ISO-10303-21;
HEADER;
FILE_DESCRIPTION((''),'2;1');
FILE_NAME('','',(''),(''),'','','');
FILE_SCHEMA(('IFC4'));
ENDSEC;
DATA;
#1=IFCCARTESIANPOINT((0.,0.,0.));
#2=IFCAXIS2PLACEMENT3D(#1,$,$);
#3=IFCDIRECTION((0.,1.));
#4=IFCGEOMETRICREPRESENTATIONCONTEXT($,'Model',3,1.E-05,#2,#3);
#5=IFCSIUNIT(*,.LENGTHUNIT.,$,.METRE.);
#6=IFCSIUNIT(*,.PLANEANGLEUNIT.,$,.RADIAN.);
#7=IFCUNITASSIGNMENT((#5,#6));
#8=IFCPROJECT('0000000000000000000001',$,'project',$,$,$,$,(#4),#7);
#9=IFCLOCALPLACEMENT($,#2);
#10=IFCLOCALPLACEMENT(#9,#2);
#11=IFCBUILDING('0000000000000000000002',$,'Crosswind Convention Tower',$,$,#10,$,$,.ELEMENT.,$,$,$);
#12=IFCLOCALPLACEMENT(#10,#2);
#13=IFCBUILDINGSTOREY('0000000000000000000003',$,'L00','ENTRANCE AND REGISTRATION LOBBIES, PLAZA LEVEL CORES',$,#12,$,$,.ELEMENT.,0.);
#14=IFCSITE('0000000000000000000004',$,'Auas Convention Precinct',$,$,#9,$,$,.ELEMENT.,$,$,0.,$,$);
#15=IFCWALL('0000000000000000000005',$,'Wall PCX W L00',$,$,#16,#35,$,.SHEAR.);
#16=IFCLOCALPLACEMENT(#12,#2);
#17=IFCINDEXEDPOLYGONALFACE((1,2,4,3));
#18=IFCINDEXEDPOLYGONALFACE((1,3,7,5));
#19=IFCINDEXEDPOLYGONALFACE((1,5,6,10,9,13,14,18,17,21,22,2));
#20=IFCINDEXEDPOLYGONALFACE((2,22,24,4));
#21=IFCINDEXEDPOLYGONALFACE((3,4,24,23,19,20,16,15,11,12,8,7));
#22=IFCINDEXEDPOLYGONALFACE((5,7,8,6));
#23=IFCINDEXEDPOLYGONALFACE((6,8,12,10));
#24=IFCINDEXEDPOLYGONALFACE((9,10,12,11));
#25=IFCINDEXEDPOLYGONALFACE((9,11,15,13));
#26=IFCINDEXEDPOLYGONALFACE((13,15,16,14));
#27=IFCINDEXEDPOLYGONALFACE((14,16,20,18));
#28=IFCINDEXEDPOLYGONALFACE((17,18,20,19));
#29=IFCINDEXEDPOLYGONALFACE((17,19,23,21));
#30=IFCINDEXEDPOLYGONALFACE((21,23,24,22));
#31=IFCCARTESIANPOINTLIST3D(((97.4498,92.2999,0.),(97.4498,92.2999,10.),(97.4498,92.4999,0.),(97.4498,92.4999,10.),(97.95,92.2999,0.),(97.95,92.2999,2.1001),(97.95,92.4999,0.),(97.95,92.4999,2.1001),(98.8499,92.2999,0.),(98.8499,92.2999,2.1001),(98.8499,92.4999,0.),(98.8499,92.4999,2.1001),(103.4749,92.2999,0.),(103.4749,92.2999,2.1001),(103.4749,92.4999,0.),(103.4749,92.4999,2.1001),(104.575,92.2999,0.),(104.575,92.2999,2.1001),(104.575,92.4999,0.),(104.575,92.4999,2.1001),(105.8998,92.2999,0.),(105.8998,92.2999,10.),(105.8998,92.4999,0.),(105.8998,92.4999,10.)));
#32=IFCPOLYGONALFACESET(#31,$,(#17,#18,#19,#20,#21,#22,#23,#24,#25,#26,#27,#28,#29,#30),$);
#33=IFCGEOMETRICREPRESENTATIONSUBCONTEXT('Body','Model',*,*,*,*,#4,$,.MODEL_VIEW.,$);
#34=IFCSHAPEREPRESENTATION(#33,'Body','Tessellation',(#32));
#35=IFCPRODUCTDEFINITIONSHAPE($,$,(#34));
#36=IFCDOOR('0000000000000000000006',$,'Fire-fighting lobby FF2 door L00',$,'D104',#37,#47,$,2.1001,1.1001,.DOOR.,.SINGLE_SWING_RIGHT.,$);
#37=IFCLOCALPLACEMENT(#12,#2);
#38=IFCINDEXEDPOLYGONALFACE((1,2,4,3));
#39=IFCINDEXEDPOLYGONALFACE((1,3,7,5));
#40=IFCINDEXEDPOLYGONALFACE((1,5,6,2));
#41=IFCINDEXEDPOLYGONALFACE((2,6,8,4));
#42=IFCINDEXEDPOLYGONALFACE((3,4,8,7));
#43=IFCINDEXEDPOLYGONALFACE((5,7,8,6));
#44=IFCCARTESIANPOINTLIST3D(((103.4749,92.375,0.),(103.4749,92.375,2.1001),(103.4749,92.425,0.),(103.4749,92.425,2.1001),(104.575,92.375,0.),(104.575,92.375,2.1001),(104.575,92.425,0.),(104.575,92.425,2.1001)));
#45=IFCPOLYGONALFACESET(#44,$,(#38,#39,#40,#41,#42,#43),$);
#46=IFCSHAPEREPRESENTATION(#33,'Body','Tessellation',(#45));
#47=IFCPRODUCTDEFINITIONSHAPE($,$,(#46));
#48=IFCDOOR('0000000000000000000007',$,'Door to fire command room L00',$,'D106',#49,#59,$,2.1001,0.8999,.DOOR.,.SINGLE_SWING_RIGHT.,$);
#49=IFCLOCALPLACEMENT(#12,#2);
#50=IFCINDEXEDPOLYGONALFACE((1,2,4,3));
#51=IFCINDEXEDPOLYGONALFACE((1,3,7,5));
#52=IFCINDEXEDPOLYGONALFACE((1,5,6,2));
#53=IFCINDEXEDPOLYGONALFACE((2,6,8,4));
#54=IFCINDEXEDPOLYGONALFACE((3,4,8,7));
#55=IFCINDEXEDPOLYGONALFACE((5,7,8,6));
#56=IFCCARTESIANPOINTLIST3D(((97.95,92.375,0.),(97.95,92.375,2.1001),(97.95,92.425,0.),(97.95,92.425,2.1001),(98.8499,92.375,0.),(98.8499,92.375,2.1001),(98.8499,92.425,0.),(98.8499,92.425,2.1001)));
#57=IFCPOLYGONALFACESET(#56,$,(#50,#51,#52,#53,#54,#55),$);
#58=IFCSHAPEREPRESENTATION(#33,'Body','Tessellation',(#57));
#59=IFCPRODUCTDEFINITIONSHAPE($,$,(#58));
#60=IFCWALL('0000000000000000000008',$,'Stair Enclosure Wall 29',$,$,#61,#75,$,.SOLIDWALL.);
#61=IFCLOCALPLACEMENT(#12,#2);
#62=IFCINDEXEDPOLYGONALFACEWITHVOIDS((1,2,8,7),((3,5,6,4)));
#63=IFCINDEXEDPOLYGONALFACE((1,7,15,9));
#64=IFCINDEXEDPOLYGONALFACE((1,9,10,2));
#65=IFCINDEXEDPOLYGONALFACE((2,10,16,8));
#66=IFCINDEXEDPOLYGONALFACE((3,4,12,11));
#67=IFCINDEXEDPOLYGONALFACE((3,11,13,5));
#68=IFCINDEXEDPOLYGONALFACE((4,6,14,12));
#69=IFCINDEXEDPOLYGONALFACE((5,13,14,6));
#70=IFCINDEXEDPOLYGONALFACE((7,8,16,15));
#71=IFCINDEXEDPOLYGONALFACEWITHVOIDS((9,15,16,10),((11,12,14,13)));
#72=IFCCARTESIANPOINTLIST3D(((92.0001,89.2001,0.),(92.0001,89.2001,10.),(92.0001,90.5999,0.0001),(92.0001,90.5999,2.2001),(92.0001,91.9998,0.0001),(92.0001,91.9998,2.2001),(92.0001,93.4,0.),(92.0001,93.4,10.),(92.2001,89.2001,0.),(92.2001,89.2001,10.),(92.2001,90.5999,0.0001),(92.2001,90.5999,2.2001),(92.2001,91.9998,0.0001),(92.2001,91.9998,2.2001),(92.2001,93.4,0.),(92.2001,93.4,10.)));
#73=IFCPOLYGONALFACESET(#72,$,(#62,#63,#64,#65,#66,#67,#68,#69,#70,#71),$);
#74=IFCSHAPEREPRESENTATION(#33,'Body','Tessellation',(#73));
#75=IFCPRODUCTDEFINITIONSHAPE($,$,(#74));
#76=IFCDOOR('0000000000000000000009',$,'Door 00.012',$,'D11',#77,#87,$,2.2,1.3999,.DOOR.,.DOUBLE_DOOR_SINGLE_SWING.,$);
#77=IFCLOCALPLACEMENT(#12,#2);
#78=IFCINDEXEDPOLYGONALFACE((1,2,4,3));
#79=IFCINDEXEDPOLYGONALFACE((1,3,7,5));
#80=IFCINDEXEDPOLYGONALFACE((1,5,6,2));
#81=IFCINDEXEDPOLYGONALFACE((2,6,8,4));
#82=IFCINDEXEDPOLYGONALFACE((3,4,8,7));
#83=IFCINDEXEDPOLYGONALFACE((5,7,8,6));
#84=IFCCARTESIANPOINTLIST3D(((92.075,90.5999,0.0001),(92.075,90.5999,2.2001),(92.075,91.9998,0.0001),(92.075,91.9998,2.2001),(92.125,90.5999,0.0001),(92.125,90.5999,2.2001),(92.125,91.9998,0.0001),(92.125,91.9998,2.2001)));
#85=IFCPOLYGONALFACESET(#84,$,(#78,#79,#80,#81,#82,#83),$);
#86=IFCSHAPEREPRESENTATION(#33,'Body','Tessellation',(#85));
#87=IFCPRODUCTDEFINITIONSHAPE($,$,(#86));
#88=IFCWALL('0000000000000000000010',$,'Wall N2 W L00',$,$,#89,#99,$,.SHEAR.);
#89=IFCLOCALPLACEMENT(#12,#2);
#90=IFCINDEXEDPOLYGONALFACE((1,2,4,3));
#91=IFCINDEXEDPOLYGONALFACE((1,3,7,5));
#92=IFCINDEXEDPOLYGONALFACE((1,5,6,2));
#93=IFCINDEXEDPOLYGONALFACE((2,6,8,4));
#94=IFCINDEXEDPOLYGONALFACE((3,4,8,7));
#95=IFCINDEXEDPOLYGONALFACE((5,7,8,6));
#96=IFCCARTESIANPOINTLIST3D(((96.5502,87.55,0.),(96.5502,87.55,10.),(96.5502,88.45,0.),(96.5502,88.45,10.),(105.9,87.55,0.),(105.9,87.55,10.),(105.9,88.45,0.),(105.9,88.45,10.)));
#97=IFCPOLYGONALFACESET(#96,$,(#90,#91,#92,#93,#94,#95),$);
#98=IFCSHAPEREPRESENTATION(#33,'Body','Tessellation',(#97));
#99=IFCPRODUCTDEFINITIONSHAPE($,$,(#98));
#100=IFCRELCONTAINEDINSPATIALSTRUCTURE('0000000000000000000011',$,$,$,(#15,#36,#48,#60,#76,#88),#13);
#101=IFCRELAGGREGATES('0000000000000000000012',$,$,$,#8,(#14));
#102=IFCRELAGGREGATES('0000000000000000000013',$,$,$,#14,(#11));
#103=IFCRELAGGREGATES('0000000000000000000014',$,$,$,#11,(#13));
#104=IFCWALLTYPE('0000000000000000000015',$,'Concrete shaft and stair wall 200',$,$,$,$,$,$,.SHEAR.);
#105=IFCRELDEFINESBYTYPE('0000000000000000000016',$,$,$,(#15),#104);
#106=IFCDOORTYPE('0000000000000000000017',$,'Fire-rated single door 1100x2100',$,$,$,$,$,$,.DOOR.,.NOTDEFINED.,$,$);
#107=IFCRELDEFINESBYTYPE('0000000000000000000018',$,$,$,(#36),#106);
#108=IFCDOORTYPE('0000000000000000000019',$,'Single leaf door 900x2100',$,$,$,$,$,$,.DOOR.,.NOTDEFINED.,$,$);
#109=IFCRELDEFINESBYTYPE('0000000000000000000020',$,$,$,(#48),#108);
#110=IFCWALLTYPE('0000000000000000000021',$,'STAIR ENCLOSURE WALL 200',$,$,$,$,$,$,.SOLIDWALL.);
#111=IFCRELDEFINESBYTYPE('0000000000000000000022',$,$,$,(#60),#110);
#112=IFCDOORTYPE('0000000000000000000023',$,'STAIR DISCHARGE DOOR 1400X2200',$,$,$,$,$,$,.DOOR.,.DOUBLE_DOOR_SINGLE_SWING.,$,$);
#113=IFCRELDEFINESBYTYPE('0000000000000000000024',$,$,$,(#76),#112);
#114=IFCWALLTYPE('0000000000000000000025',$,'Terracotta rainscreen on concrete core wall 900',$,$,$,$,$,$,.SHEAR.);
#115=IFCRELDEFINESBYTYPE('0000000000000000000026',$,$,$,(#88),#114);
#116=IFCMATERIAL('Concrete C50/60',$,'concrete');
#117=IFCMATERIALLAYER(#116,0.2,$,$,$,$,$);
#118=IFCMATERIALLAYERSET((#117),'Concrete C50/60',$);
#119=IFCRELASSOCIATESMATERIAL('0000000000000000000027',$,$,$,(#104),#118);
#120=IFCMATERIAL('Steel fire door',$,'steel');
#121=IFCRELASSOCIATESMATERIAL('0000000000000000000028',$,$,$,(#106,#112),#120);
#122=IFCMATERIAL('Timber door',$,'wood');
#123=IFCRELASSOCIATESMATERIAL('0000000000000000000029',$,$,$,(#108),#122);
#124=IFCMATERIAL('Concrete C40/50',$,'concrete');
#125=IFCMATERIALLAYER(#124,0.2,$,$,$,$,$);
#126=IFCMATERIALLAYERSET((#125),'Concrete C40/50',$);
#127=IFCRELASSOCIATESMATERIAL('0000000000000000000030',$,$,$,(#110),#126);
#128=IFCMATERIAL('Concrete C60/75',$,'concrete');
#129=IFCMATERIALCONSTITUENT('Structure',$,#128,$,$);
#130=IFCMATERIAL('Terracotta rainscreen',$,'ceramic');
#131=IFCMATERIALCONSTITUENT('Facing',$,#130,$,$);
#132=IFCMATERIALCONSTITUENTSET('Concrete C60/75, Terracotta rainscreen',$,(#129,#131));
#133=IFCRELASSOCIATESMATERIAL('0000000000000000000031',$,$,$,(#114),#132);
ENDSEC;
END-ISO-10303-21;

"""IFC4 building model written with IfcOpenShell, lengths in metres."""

from ifc_helpers import new_model, si_unit, direction, frame, frame_2d, origin, place, context, subcontext, project, spatial, rectangle, extrude, material, layer, layer_set, constituent, constituent_set, type_object, element, fill, save


model = new_model("IFC4")

# Units and contexts
model_context = context("Model", 3, precision=1e-05, world=origin(), true_north=direction((0.0, 1.0)))
body_context = subcontext(model_context, "Body", "Model", "MODEL_VIEW")
ifc_project = project(units=[si_unit("LENGTHUNIT", "METRE"), si_unit("PLANEANGLEUNIT", "RADIAN")], contexts=[model_context])

# Site, building, storey
site_placement = place(None, origin())
site = spatial("IfcSite", under=ifc_project, at=site_placement, Name="Auas Convention Precinct", CompositionType="ELEMENT", RefElevation=0.0)
building_placement = place(site_placement, origin())
building = spatial("IfcBuilding", under=site, at=building_placement, Name="Crosswind Convention Tower", CompositionType="ELEMENT")
storey_placement = place(building_placement, origin())
storey = spatial("IfcBuildingStorey", under=building, at=storey_placement, Name="L00", Description="ENTRANCE AND REGISTRATION LOBBIES, PLAZA LEVEL CORES", CompositionType="ELEMENT", Elevation=0.0)

# Shared definitions
ifc_material_1 = material(Name="Concrete C40/50", Category="concrete")

# Shared definitions
ifc_material_2 = material(Name="Concrete C50/60", Category="concrete")
ifc_layer_1 = layer(ifc_material_2, 0.2)
ifc_layer_set_1 = layer_set([ifc_layer_1], Name="Concrete C50/60")
wall_type_1 = type_object("IfcWallType", Name="Concrete shaft and stair wall 200", PredefinedType="SHEAR", material=ifc_layer_set_1)

# Wall, openings, doors
wall_1_placement = place(storey_placement, frame((105.8999, 92.3999, 0.0), z_axis=(0.0, 0.0, 1.0), x_axis=(-1.0, 0.0, 0.0)))
wall_1 = element("IfcWall", 1, at=wall_1_placement, inside=storey, type_object=wall_type_1, Name="Wall PCX W L00", PredefinedType="SHEAR", context=body_context, shape_type="SweptSolid", body=[
    extrude(rectangle(XDim=8.45, YDim=0.2, at=frame_2d((4.2251, 0.0))), origin(), (0.0, 0.0, 1.0), 10.0),
])
opening_1_placement = place(wall_1_placement, frame((1.325, 0.0, 0.0)))
opening_1 = element("IfcOpeningElement", 2, at=opening_1_placement, cuts=wall_1, PredefinedType="OPENING", context=body_context, shape_type="SweptSolid", body=[
    extrude(rectangle(XDim=1.1001, YDim=2.1001, at=frame_2d((0.55, 1.05))), frame((0.0, 0.1099, 0.0), z_axis=(0.0, -1.0, 0.0), x_axis=(1.0, 0.0, 0.0)), (0.0, 0.0, 1.0), 0.22),
])
opening_2_placement = place(wall_1_placement, frame((7.05, 0.0, 0.0)))
opening_2 = element("IfcOpeningElement", 3, at=opening_2_placement, cuts=wall_1, PredefinedType="OPENING", context=body_context, shape_type="SweptSolid", body=[
    extrude(rectangle(XDim=0.8999, YDim=2.1001, at=frame_2d((0.45, 1.05))), frame((0.0, 0.1099, 0.0), z_axis=(0.0, -1.0, 0.0), x_axis=(1.0, 0.0, 0.0)), (0.0, 0.0, 1.0), 0.22),
])
ifc_material_3 = material(Name="Steel fire door", Category="steel")
door_type_1 = type_object("IfcDoorType", Name="Fire-rated single door 1100x2100", OperationType="NOTDEFINED", PredefinedType="DOOR", material=ifc_material_3)
door_1_placement = place(opening_1_placement, origin())
door_1 = element("IfcDoor", 4, at=door_1_placement, inside=storey, type_object=door_type_1, Name="Fire-fighting lobby FF2 door L00", ObjectType="D104", OperationType="SINGLE_SWING_RIGHT", OverallHeight=2.1001, OverallWidth=1.1001, PredefinedType="DOOR", context=body_context, shape_type="SweptSolid", body=[
    extrude(rectangle(XDim=1.1001, YDim=2.1001, at=frame_2d((0.55, 1.05))), frame((0.0, 0.0249, 0.0), z_axis=(0.0, -1.0, 0.0), x_axis=(1.0, 0.0, 0.0)), (0.0, 0.0, 1.0), 0.05),
])
fill(opening_1, door_1)
ifc_material_4 = material(Name="Timber door", Category="wood")
door_type_2 = type_object("IfcDoorType", Name="Single leaf door 900x2100", OperationType="NOTDEFINED", PredefinedType="DOOR", material=ifc_material_4)
door_2_placement = place(opening_2_placement, origin())
door_2 = element("IfcDoor", 5, at=door_2_placement, inside=storey, type_object=door_type_2, Name="Door to fire command room L00", ObjectType="D106", OperationType="SINGLE_SWING_RIGHT", OverallHeight=2.1001, OverallWidth=0.8999, PredefinedType="DOOR", context=body_context, shape_type="SweptSolid", body=[
    extrude(rectangle(XDim=0.8999, YDim=2.1001, at=frame_2d((0.45, 1.05))), frame((0.0, 0.0249, 0.0), z_axis=(0.0, -1.0, 0.0), x_axis=(1.0, 0.0, 0.0)), (0.0, 0.0, 1.0), 0.05),
])
fill(opening_2, door_2)

# Wall, opening, door
ifc_layer_2 = layer(ifc_material_1, 0.2)
ifc_layer_set_2 = layer_set([ifc_layer_2], Name="Concrete C40/50")
wall_type_2 = type_object("IfcWallType", Name="STAIR ENCLOSURE WALL 200", PredefinedType="SOLIDWALL", material=ifc_layer_set_2)
wall_2_placement = place(storey_placement, frame((92.1001, 89.2, 0.0), z_axis=(0.0, 0.0, 1.0), x_axis=(0.0, 1.0, 0.0)))
wall_2 = element("IfcWall", 6, at=wall_2_placement, inside=storey, type_object=wall_type_2, Name="Stair Enclosure Wall 29", PredefinedType="SOLIDWALL", context=body_context, shape_type="SweptSolid", body=[
    extrude(rectangle(XDim=4.2, YDim=0.2, at=frame_2d((2.1001, 0.0))), origin(), (0.0, 0.0, 1.0), 10.0),
])
opening_3_placement = place(wall_2_placement, frame((1.3999, 0.0, 0.0)))
opening_3 = element("IfcOpeningElement", 7, at=opening_3_placement, cuts=wall_2, PredefinedType="OPENING", context=body_context, shape_type="SweptSolid", body=[
    extrude(rectangle(XDim=1.3999, YDim=2.2, at=frame_2d((0.7, 1.1001))), frame((0.0, 0.1099, 0.0), z_axis=(0.0, -1.0, 0.0), x_axis=(1.0, 0.0, 0.0)), (0.0, 0.0, 1.0), 0.22),
])
door_type_3 = type_object("IfcDoorType", Name="STAIR DISCHARGE DOOR 1400X2200", OperationType="DOUBLE_DOOR_SINGLE_SWING", PredefinedType="DOOR", material=ifc_material_3)
door_3_placement = place(opening_3_placement, frame((1.3999, 0.0, 0.0), z_axis=(0.0, 0.0, 1.0), x_axis=(-1.0, 0.0, 0.0)))
door_3 = element("IfcDoor", 8, at=door_3_placement, inside=storey, type_object=door_type_3, Name="Door 00.012", ObjectType="D11", OperationType="DOUBLE_DOOR_SINGLE_SWING", OverallHeight=2.2, OverallWidth=1.3999, PredefinedType="DOOR", context=body_context, shape_type="SweptSolid", body=[
    extrude(rectangle(XDim=1.3999, YDim=2.2, at=frame_2d((0.7, 1.1001))), frame((0.0, 0.0249, 0.0), z_axis=(0.0, -1.0, 0.0), x_axis=(1.0, 0.0, 0.0)), (0.0, 0.0, 1.0), 0.05),
])
fill(opening_3, door_3)

# Wall
ifc_material_5 = material(Name="Concrete C60/75", Category="concrete")
ifc_constituent_1 = constituent(ifc_material_5, Name="Structure")
ifc_material_6 = material(Name="Terracotta rainscreen", Category="ceramic")
ifc_constituent_2 = constituent(ifc_material_6, Name="Facing")
ifc_constituent_set = constituent_set(constituents=[ifc_constituent_1, ifc_constituent_2], Name="Concrete C60/75, Terracotta rainscreen")
wall_type_3 = type_object("IfcWallType", Name="Terracotta rainscreen on concrete core wall 900", PredefinedType="SHEAR", material=ifc_constituent_set)
wall_3_placement = place(storey_placement, frame((105.8999, 88.0, 0.0), z_axis=(0.0, 0.0, 1.0), x_axis=(-1.0, 0.0, 0.0)))
element("IfcWall", 9, at=wall_3_placement, inside=storey, type_object=wall_type_3, Name="Wall N2 W L00", PredefinedType="SHEAR", context=body_context, shape_type="SweptSolid", body=[
    extrude(rectangle(XDim=9.3499, YDim=0.8999, at=frame_2d((4.6748, 0.0))), origin(), (0.0, 0.0, 1.0), 10.0),
])

save(model, "model.ifc")
